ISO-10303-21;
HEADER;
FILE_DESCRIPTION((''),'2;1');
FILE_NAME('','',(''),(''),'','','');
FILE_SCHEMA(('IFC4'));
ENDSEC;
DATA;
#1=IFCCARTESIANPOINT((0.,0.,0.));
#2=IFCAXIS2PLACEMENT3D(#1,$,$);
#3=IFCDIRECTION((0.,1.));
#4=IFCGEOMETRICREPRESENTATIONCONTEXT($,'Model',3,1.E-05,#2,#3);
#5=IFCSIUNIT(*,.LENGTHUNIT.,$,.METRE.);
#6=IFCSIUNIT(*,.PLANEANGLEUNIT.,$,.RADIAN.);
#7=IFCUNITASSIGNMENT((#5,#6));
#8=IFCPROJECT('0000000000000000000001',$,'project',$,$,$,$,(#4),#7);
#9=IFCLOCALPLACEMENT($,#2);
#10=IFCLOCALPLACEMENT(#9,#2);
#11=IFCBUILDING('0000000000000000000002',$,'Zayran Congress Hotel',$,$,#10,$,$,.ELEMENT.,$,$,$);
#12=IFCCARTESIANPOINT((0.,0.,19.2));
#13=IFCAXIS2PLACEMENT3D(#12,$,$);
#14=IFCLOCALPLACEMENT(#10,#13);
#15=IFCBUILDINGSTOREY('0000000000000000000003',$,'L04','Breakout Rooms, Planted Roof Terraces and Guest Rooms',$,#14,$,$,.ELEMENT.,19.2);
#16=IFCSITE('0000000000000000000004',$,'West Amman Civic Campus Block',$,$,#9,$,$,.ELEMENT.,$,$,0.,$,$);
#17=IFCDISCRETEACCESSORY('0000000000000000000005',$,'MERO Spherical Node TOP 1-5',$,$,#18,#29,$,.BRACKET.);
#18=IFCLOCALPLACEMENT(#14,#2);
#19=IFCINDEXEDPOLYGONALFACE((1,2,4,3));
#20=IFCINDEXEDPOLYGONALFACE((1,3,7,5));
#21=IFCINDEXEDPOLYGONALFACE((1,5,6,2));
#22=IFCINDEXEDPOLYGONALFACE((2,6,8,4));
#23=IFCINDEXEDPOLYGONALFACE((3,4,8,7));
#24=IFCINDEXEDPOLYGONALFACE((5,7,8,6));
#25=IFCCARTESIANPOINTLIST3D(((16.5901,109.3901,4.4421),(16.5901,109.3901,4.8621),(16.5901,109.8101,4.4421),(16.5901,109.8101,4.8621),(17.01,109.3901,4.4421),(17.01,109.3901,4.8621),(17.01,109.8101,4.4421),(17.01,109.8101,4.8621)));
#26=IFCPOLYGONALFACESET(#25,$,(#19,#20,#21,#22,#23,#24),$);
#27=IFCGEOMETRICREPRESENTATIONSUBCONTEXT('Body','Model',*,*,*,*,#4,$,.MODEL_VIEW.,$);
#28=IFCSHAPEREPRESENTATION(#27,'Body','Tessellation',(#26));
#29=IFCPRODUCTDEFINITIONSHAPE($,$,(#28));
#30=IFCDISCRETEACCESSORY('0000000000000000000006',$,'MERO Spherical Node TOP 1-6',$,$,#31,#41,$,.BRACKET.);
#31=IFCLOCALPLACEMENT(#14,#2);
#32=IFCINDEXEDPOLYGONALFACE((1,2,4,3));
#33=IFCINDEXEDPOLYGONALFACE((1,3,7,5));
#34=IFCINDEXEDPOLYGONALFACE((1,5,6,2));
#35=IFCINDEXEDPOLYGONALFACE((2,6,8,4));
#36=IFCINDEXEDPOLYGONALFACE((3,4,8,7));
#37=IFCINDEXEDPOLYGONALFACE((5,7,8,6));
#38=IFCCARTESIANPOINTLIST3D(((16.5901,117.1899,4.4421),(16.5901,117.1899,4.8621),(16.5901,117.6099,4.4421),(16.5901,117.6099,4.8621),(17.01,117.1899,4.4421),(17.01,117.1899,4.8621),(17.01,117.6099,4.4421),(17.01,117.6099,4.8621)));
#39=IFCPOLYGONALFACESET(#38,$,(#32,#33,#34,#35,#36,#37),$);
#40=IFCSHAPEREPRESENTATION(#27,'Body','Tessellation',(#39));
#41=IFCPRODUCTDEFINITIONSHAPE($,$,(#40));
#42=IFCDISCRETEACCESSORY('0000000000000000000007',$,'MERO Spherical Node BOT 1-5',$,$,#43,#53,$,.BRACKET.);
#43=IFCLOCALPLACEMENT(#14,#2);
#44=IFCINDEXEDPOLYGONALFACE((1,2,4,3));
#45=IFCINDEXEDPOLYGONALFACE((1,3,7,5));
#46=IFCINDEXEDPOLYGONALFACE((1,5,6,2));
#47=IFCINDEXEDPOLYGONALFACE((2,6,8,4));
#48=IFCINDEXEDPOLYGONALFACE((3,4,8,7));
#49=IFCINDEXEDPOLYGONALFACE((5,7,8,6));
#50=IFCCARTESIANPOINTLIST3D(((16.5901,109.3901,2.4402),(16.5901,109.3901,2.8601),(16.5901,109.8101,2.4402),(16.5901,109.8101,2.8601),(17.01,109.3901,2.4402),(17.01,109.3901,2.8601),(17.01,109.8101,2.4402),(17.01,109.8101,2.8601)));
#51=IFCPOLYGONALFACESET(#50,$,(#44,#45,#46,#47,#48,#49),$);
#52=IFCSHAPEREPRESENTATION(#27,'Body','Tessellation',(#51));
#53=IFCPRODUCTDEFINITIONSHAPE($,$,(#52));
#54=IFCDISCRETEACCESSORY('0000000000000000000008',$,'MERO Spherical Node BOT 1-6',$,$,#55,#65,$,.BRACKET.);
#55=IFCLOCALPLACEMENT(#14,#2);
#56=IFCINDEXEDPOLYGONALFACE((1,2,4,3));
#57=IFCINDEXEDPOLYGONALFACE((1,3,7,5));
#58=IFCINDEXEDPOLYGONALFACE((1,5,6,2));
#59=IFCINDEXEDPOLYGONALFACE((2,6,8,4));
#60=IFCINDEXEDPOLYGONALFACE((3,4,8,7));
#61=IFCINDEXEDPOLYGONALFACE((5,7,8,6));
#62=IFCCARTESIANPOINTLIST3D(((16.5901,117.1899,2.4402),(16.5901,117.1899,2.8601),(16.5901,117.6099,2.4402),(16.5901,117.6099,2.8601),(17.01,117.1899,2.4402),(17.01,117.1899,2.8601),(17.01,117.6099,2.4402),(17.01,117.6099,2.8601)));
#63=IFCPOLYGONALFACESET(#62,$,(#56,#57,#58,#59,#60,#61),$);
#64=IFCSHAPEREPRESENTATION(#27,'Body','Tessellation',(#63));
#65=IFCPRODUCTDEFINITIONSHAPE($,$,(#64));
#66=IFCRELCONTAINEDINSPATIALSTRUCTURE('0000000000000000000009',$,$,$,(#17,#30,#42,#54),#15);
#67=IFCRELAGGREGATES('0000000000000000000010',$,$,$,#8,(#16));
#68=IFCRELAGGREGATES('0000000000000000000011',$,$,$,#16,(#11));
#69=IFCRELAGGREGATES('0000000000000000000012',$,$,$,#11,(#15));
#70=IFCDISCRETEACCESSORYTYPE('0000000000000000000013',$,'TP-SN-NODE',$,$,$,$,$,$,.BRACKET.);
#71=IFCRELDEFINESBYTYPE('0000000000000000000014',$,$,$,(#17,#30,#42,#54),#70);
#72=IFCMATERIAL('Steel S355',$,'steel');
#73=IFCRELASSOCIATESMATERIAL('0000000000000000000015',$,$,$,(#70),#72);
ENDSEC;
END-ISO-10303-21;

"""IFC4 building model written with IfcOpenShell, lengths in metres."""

from ifc_helpers import new_model, si_unit, direction, frame, origin, origin_2d, place, context, subcontext, project, spatial, rectangle, extrude, material, type_object, element, save


model = new_model("IFC4")

# Units and contexts
model_context = context("Model", 3, precision=1e-05, world=origin(), true_north=direction((0.0, 1.0)))
body_context = subcontext(model_context, "Body", "Model", "MODEL_VIEW")
ifc_project = project(units=[si_unit("LENGTHUNIT", "METRE"), si_unit("PLANEANGLEUNIT", "RADIAN")], contexts=[model_context])

# Site, building, storey
site_placement = place(None, origin())
site = spatial("IfcSite", under=ifc_project, at=site_placement, Name="West Amman Civic Campus Block", CompositionType="ELEMENT", RefElevation=0.0)
building_placement = place(site_placement, origin())
building = spatial("IfcBuilding", under=site, at=building_placement, Name="Zayran Congress Hotel", CompositionType="ELEMENT")
storey_placement = place(building_placement, frame((0.0, 0.0, 19.2)))
storey = spatial("IfcBuildingStorey", under=building, at=storey_placement, Name="L04", Description="Breakout Rooms, Planted Roof Terraces and Guest Rooms", CompositionType="ELEMENT", Elevation=19.2)

# Shared definitions
ifc_material_1 = material(Name="Steel S355", Category="steel")

# Discrete accessories
discrete_accessory_type = type_object("IfcDiscreteAccessoryType", Name="TP-SN-NODE", PredefinedType="BRACKET", material=ifc_material_1)
for number, where, z_axis, x_axis, name in (
    (1, (16.8, 109.6001, 4.4421), (0.0, 0.0, 1.0), (1.0, 0.0, 0.0), "MERO Spherical Node TOP 1-5"),
    (2, (16.8, 117.3999, 4.4421), (0.0, 0.0, 1.0), (1.0, 0.0, 0.0), "MERO Spherical Node TOP 1-6"),
    (3, (16.8, 109.6001, 2.4402), (0.0, 0.0, 1.0), (1.0, 0.0, 0.0), "MERO Spherical Node BOT 1-5"),
    (4, (16.8, 117.3999, 2.4402), (0.0, 0.0, 1.0), (1.0, 0.0, 0.0), "MERO Spherical Node BOT 1-6"),
):
    element("IfcDiscreteAccessory", number, at=place(storey_placement, frame(where, z_axis=z_axis, x_axis=x_axis)), inside=storey, type_object=discrete_accessory_type, Name=name, PredefinedType="BRACKET", context=body_context, shape_type="SweptSolid", body=[
        extrude(rectangle(XDim=0.4199, YDim=0.4199, at=origin_2d()), origin(), (0.0, 0.0, 1.0), 0.4199),
    ])

save(model, "model.ifc")
